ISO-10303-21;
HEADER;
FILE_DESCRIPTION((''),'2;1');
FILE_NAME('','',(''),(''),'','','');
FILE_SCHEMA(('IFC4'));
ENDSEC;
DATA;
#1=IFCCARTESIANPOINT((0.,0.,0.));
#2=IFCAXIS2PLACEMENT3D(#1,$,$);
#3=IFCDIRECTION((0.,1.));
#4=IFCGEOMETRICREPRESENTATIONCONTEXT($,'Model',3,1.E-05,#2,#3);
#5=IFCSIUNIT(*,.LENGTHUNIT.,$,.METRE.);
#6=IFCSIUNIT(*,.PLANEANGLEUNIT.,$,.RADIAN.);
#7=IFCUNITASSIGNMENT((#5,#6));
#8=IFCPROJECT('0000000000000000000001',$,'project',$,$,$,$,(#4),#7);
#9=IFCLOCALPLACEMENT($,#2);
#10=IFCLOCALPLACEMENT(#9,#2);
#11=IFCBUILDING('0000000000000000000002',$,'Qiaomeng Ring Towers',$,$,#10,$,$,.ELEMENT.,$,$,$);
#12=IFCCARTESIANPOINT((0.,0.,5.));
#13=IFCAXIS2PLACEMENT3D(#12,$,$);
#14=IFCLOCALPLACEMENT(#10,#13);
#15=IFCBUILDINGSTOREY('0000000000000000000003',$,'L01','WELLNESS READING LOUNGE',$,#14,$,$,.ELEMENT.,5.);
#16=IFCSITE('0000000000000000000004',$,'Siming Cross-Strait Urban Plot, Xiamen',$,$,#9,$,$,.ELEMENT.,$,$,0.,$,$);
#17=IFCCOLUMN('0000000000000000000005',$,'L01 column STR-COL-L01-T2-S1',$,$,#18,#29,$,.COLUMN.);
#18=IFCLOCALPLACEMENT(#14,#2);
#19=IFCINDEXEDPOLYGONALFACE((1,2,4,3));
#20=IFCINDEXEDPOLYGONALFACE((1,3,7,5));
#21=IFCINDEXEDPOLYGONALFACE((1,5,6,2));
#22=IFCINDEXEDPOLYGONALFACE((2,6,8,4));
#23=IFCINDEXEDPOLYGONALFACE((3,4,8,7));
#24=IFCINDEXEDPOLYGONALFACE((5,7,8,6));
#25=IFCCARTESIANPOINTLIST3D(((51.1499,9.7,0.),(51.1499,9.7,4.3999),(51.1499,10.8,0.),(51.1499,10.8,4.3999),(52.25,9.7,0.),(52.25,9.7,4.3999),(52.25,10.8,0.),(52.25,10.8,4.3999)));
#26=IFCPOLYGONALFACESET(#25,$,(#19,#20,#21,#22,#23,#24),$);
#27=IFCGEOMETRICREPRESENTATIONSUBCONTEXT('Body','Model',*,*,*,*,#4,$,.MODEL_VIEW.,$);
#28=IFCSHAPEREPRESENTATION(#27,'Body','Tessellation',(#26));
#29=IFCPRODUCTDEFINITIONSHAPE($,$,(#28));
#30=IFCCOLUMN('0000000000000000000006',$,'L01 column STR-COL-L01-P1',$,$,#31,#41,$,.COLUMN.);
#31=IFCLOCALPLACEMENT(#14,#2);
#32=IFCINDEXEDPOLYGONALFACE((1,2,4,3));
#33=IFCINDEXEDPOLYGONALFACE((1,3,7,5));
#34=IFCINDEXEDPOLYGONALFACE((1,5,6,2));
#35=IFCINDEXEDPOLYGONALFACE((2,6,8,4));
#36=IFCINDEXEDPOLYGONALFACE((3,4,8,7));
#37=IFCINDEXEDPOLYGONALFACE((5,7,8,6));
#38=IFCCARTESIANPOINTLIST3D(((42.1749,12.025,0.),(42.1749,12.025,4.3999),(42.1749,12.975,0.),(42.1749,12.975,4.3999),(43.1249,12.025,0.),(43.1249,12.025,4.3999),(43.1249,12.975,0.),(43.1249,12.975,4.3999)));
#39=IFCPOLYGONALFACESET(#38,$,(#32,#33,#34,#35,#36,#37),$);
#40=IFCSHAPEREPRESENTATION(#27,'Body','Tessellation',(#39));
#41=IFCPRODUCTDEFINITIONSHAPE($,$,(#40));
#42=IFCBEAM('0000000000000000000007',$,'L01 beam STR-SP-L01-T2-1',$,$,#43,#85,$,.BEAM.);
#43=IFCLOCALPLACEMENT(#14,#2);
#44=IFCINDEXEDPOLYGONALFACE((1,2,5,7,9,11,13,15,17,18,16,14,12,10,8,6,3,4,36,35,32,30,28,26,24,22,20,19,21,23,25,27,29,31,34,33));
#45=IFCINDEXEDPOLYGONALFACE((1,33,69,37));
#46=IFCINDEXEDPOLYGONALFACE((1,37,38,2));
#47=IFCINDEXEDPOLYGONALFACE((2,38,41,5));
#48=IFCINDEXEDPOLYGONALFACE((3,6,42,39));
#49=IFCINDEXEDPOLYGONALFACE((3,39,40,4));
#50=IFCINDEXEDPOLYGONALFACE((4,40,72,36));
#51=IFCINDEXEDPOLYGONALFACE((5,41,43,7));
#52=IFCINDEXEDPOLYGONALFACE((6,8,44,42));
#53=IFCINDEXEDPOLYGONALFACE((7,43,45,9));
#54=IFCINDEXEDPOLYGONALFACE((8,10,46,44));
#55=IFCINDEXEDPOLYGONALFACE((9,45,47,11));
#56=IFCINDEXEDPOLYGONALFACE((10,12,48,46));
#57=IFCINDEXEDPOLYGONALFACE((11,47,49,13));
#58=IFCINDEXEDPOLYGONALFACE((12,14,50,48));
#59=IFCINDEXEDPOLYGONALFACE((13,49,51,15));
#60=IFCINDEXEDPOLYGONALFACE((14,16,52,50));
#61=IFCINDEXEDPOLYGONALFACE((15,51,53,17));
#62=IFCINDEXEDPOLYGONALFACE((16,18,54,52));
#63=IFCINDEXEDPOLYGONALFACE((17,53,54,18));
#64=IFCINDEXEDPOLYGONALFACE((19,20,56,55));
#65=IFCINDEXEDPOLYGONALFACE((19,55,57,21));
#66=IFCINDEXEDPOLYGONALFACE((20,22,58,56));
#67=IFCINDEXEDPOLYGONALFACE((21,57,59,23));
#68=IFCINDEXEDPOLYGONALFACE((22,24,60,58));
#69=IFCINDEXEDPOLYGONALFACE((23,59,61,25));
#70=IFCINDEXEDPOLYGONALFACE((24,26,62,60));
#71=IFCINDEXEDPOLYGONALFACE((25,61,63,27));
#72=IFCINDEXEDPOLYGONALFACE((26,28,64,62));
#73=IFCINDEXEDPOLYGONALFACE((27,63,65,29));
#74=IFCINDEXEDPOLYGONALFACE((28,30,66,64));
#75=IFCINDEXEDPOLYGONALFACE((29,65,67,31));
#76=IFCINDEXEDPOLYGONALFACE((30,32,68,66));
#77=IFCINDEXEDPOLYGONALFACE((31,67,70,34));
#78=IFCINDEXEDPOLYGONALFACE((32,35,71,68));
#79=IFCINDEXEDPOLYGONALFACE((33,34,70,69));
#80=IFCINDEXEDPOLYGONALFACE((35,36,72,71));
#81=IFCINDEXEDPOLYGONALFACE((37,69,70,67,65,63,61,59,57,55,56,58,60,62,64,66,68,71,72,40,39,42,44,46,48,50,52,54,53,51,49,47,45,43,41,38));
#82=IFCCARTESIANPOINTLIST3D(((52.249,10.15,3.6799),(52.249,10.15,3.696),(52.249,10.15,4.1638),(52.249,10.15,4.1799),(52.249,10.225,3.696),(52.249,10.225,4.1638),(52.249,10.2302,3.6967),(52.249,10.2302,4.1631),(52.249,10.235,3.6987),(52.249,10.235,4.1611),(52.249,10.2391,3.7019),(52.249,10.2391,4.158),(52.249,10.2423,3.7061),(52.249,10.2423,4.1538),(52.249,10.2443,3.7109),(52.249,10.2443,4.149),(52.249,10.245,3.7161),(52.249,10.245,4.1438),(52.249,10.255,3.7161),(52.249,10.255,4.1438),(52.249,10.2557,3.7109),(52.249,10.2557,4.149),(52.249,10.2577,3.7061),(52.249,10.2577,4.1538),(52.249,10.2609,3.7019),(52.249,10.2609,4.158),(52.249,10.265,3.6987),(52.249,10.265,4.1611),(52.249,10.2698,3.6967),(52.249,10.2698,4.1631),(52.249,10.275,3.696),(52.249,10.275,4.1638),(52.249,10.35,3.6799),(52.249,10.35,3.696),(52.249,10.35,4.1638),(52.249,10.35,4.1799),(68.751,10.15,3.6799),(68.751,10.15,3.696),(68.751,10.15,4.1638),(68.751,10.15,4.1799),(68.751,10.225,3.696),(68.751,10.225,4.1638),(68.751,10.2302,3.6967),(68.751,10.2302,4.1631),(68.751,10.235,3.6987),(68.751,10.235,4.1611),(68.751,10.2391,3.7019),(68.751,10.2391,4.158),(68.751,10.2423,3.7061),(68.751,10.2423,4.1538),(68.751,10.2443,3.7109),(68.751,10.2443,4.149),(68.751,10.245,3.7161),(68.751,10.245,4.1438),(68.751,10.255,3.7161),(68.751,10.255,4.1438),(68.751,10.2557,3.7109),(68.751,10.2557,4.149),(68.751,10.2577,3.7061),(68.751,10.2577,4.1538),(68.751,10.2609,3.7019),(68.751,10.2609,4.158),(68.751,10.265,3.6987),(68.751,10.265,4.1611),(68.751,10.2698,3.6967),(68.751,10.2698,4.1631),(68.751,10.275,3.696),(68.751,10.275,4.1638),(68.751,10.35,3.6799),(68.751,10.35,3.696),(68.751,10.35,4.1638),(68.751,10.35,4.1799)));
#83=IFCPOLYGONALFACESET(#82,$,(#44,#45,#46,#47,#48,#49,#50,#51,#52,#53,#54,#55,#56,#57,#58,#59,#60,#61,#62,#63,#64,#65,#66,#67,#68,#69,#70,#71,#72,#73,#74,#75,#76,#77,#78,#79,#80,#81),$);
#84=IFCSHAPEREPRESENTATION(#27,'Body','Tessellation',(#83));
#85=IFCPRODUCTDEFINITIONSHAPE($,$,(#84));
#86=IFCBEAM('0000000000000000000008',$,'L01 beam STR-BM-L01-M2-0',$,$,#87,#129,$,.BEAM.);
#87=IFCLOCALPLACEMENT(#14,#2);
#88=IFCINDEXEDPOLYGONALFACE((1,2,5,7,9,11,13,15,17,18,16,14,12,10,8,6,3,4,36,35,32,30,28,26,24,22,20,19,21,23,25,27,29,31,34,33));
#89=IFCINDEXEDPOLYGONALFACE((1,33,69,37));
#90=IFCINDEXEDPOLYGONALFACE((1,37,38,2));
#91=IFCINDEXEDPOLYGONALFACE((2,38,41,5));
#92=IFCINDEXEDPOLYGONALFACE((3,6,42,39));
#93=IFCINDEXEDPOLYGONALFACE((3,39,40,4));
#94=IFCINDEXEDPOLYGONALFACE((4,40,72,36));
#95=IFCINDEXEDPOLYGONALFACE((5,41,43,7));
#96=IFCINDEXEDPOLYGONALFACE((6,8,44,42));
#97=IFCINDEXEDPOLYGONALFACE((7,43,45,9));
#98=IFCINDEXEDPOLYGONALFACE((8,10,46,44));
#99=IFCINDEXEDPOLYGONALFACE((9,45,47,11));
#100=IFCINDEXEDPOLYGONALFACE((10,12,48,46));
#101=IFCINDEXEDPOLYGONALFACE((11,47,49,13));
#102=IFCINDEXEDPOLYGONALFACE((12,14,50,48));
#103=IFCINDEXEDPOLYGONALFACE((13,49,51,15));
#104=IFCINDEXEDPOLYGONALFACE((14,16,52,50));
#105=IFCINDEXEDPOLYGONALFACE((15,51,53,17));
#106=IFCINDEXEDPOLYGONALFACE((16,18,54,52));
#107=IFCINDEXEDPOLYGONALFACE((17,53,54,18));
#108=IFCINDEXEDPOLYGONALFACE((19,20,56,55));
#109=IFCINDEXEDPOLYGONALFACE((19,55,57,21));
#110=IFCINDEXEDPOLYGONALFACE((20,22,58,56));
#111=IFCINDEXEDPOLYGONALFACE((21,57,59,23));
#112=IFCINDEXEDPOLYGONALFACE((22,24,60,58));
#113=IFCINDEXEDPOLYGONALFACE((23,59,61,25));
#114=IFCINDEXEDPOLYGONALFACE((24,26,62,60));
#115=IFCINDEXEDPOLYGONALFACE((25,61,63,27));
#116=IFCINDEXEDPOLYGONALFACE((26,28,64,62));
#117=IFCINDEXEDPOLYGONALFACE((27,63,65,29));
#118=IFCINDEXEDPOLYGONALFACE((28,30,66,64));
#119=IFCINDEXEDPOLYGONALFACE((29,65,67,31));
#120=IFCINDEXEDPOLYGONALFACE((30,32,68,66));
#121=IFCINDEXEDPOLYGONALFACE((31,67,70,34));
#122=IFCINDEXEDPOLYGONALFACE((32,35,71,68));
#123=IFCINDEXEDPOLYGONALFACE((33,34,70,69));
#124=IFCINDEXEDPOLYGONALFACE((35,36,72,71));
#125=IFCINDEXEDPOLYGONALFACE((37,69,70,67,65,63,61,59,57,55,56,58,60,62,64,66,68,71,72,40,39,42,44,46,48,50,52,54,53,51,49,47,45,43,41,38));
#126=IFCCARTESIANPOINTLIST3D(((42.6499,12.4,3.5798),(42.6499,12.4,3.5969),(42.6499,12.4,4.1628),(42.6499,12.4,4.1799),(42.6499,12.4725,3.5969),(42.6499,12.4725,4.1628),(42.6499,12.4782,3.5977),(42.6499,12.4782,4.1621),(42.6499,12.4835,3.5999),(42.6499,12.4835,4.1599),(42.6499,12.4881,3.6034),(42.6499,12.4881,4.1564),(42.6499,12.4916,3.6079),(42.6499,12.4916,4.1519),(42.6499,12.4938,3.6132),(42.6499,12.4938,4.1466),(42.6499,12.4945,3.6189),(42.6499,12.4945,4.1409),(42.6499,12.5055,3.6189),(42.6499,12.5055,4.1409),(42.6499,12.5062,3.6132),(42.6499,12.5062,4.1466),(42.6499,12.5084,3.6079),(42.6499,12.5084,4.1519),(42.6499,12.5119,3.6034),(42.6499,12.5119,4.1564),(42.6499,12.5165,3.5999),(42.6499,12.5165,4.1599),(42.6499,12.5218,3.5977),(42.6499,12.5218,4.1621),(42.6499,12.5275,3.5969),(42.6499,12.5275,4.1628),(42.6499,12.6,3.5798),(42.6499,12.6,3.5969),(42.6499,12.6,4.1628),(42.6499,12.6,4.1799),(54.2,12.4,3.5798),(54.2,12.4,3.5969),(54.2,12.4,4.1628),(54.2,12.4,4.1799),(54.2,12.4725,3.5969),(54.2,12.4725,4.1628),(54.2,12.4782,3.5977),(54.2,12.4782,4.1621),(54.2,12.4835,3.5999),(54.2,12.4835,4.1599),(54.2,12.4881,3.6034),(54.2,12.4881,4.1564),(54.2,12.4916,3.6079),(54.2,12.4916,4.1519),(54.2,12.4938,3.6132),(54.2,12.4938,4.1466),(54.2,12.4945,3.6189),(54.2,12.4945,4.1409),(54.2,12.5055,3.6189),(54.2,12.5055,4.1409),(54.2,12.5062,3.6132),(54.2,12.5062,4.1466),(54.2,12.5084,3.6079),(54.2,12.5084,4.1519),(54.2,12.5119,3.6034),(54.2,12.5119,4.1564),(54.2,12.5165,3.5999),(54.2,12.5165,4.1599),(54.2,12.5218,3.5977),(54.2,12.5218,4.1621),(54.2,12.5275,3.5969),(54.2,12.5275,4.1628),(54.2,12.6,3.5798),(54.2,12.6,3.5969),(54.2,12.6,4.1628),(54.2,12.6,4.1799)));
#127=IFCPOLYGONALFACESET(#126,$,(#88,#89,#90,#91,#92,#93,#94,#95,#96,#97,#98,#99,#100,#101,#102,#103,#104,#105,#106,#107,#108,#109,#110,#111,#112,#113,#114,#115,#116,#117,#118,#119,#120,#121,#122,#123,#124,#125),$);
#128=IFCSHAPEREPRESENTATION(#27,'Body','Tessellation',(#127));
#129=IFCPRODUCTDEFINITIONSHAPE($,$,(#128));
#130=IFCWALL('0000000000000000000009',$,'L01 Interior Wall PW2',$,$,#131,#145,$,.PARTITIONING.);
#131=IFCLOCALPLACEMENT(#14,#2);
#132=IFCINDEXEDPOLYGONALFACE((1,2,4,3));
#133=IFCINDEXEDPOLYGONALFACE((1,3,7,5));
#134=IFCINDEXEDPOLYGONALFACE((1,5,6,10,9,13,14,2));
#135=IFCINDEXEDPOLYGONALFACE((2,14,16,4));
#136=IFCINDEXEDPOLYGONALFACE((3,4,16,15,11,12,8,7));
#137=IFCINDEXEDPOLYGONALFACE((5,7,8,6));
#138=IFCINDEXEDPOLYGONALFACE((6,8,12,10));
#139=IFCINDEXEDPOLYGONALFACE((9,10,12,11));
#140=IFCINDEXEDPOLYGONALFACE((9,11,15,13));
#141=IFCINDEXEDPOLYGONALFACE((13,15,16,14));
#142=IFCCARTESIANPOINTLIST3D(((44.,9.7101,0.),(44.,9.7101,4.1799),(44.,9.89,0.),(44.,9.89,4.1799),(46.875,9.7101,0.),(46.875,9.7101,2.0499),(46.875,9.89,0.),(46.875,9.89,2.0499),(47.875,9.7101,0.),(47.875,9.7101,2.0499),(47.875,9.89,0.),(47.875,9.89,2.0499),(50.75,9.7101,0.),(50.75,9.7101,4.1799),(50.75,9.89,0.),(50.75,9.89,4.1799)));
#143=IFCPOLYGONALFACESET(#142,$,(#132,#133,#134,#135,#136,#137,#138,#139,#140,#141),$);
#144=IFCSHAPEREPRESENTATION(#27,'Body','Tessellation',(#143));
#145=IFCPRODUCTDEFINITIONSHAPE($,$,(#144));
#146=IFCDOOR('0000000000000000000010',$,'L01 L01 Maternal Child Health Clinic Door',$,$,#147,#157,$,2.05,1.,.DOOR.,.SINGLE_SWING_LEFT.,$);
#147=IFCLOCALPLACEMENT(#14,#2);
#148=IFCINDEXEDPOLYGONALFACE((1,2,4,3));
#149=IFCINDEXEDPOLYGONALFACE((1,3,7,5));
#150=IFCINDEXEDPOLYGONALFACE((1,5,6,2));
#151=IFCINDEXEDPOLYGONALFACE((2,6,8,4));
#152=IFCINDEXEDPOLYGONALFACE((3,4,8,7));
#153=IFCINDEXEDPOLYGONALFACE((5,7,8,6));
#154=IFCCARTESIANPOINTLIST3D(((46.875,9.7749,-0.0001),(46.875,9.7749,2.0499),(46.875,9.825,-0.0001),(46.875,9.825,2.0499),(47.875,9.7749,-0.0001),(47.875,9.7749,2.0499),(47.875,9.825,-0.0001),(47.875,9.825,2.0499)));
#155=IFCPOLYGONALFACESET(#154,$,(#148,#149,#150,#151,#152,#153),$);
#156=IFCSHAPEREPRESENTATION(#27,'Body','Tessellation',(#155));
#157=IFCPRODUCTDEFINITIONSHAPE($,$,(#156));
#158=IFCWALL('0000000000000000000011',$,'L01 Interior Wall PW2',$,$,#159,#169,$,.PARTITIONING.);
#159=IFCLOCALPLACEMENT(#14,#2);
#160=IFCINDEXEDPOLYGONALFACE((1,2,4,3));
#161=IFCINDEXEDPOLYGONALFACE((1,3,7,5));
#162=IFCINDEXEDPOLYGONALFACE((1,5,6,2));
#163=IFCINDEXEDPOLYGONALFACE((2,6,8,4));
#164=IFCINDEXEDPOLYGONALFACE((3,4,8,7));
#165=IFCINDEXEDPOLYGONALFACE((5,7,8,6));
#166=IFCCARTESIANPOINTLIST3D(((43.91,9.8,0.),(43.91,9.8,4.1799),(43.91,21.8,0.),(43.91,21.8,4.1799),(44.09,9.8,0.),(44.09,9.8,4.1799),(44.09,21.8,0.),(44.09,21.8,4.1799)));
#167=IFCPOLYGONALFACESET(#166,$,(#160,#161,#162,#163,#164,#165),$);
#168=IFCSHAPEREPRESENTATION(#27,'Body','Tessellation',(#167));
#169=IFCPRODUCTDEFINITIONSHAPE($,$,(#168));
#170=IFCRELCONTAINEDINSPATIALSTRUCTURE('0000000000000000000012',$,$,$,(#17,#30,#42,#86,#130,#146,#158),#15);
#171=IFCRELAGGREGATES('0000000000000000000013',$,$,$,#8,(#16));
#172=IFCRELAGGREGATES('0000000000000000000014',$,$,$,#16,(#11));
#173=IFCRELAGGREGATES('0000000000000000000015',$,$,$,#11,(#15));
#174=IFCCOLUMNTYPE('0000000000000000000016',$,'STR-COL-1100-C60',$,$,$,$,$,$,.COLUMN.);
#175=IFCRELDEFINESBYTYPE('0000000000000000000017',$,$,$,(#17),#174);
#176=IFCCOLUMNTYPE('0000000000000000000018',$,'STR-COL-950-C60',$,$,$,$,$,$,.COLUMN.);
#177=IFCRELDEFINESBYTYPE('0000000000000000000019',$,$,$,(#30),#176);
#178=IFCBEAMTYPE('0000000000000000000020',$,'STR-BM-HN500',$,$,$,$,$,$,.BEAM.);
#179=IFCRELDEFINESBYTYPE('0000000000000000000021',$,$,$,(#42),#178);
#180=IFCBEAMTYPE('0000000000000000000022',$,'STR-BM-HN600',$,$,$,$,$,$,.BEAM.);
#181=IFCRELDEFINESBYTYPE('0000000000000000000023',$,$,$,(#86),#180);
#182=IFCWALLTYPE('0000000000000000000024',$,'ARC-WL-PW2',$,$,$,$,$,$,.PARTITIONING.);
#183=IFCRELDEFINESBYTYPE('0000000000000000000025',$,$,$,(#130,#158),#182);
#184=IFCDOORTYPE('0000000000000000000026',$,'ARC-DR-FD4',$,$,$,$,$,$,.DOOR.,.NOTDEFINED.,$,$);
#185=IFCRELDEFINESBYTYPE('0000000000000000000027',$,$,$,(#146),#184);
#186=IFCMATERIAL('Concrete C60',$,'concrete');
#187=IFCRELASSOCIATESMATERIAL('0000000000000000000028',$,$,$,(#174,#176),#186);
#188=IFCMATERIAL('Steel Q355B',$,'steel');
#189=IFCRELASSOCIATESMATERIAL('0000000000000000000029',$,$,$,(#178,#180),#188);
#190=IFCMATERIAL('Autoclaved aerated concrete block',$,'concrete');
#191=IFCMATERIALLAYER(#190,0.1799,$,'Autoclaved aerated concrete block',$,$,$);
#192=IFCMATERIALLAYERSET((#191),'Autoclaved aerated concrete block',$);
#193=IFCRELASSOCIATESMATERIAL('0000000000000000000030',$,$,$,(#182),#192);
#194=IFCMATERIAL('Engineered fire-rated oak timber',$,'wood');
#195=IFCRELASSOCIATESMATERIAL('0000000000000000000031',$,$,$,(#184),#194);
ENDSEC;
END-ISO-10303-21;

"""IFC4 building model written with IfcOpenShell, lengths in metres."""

from ifc_helpers import new_model, si_unit, direction, frame, frame_2d, origin, origin_2d, place, context, subcontext, project, spatial, rectangle, i_section, extrude, source, transform, mapped, material, layer, layer_set, material_profile, profile_set, type_object, element, fill, save


model = new_model("IFC4")

# Units and contexts
model_context = context("Model", 3, precision=1e-05, world=origin(), true_north=direction((0.0, 1.0)))
body_context = subcontext(model_context, "Body", "Model", "MODEL_VIEW")
ifc_project = project(units=[si_unit("LENGTHUNIT", "METRE"), si_unit("PLANEANGLEUNIT", "RADIAN")], contexts=[model_context])

# Site, building, storey
site_placement = place(None, origin())
site = spatial("IfcSite", under=ifc_project, at=site_placement, Name="Siming Cross-Strait Urban Plot, Xiamen", CompositionType="ELEMENT", RefElevation=0.0)
building_placement = place(site_placement, origin())
building = spatial("IfcBuilding", under=site, at=building_placement, Name="Qiaomeng Ring Towers", CompositionType="ELEMENT")
storey_placement = place(building_placement, frame((0.0, 0.0, 5.0)))
storey = spatial("IfcBuildingStorey", under=building, at=storey_placement, Name="L01", Description="WELLNESS READING LOUNGE", CompositionType="ELEMENT", Elevation=5.0)

# Columns
ifc_material_1 = material(Name="Concrete C60", Category="concrete")
ifc_material_profile_1 = material_profile(ifc_material_1, rectangle(XDim=1.1001, YDim=1.1001, at=origin_2d()), Name="RC COL 1100x1100")
ifc_profile_set_1 = profile_set([ifc_material_profile_1], Name="Concrete C60")
column_type_1 = type_object("IfcColumnType", Name="STR-COL-1100-C60", PredefinedType="COLUMN", material=ifc_profile_set_1)
shared_shape_1 = source(origin(), body_context, "Body", "SweptSolid", [
    extrude(rectangle(XDim=1.1001, YDim=1.1001, at=origin_2d()), origin(), (0.0, 0.0, 1.0), 4.3999),
])
column_1_placement = place(storey_placement, frame((51.7, 10.25, 0.0), z_axis=(0.0, 0.0, 1.0), x_axis=(1.0, 0.0, 0.0)))
element("IfcColumn", 1, at=column_1_placement, inside=storey, type_object=column_type_1, Name="L01 column STR-COL-L01-T2-S1", PredefinedType="COLUMN", context=body_context, shape_type="MappedRepresentation", body=[
    mapped(shared_shape_1, transform((0.0, 0.0, 0.0), x_axis=(1.0, 0.0, 0.0), y_axis=(0.0, 1.0, 0.0), z_axis=(0.0, 0.0, 1.0), scale=1.0)),
])
ifc_material_profile_2 = material_profile(ifc_material_1, rectangle(XDim=0.95, YDim=0.95, at=origin_2d()), Name="RC COL 950x950")
ifc_profile_set_2 = profile_set([ifc_material_profile_2], Name="Concrete C60")
column_type_2 = type_object("IfcColumnType", Name="STR-COL-950-C60", PredefinedType="COLUMN", material=ifc_profile_set_2)
shared_shape_2 = source(origin(), body_context, "Body", "SweptSolid", [
    extrude(rectangle(XDim=0.95, YDim=0.95, at=origin_2d()), origin(), (0.0, 0.0, 1.0), 4.3999),
])
column_2_placement = place(storey_placement, frame((42.6499, 12.5, 0.0), z_axis=(0.0, 0.0, 1.0), x_axis=(1.0, 0.0, 0.0)))
element("IfcColumn", 2, at=column_2_placement, inside=storey, type_object=column_type_2, Name="L01 column STR-COL-L01-P1", PredefinedType="COLUMN", context=body_context, shape_type="MappedRepresentation", body=[
    mapped(shared_shape_2, transform((0.0, 0.0, 0.0), x_axis=(1.0, 0.0, 0.0), y_axis=(0.0, 1.0, 0.0), z_axis=(0.0, 0.0, 1.0), scale=1.0)),
])

# Beams
ifc_material_2 = material(Name="Steel Q355B", Category="steel")
ifc_material_profile_3 = material_profile(ifc_material_2, i_section(OverallWidth=0.2, OverallDepth=0.5, WebThickness=0.01, FlangeThickness=0.0161, FilletRadius=0.02, at=origin_2d()), Name="HN 500x200x10x16")
ifc_profile_set_3 = profile_set([ifc_material_profile_3], Name="Steel Q355B")
beam_type_1 = type_object("IfcBeamType", Name="STR-BM-HN500", PredefinedType="BEAM", material=ifc_profile_set_3)
shared_shape_3 = source(origin(), body_context, "Body", "SweptSolid", [
    extrude(i_section(OverallWidth=0.2, OverallDepth=0.5, WebThickness=0.01, FlangeThickness=0.0161, FilletRadius=0.02, at=origin_2d()), origin(), (0.0, 0.0, 1.0), 16.502),
])
beam_1_placement = place(storey_placement, frame((52.249, 10.25, 3.9299), z_axis=(1.0, 0.0, 0.0), x_axis=(0.0, 1.0, 0.0)))
element("IfcBeam", 3, at=beam_1_placement, inside=storey, type_object=beam_type_1, Name="L01 beam STR-SP-L01-T2-1", PredefinedType="BEAM", context=body_context, shape_type="MappedRepresentation", body=[
    mapped(shared_shape_3, transform((0.0, 0.0, 0.0), x_axis=(1.0, 0.0, 0.0), y_axis=(0.0, 1.0, 0.0), z_axis=(0.0, 0.0, 1.0), scale=1.0)),
])
ifc_material_profile_4 = material_profile(ifc_material_2, i_section(OverallWidth=0.2, OverallDepth=0.6001, WebThickness=0.011, FlangeThickness=0.0171, FilletRadius=0.022, at=origin_2d()), Name="HN 600x200x11x17")
ifc_profile_set_4 = profile_set([ifc_material_profile_4], Name="Steel Q355B")
beam_type_2 = type_object("IfcBeamType", Name="STR-BM-HN600", PredefinedType="BEAM", material=ifc_profile_set_4)
shared_shape_4 = source(origin(), body_context, "Body", "SweptSolid", [
    extrude(i_section(OverallWidth=0.2, OverallDepth=0.6001, WebThickness=0.011, FlangeThickness=0.0171, FilletRadius=0.022, at=origin_2d()), origin(), (0.0, 0.0, 1.0), 11.55),
])
beam_2_placement = place(storey_placement, frame((42.6499, 12.5, 3.8799), z_axis=(1.0, 0.0, 0.0), x_axis=(0.0, 1.0, 0.0)))
element("IfcBeam", 4, at=beam_2_placement, inside=storey, type_object=beam_type_2, Name="L01 beam STR-BM-L01-M2-0", PredefinedType="BEAM", context=body_context, shape_type="MappedRepresentation", body=[
    mapped(shared_shape_4, transform((0.0, 0.0, 0.0), x_axis=(1.0, 0.0, 0.0), y_axis=(0.0, 1.0, 0.0), z_axis=(0.0, 0.0, 1.0), scale=1.0)),
])

# Wall, opening, door
ifc_material_3 = material(Name="Autoclaved aerated concrete block", Category="concrete")
ifc_layer_1 = layer(ifc_material_3, 0.1799, Name="Autoclaved aerated concrete block")
ifc_layer_set_1 = layer_set([ifc_layer_1], Name="Autoclaved aerated concrete block")
wall_type_1 = type_object("IfcWallType", Name="ARC-WL-PW2", PredefinedType="PARTITIONING", material=ifc_layer_set_1)
wall_1_placement = place(storey_placement, frame((44.0, 9.8, 0.0), z_axis=(0.0, 0.0, 1.0), x_axis=(1.0, 0.0, 0.0)))
wall_1 = element("IfcWall", 5, at=wall_1_placement, inside=storey, type_object=wall_type_1, Name="L01 Interior Wall PW2", PredefinedType="PARTITIONING", context=body_context, shape_type="SweptSolid", body=[
    extrude(rectangle(XDim=6.75, YDim=0.1799, at=frame_2d((3.375, 0.0))), origin(), (0.0, 0.0, 1.0), 4.1799),
])
opening_1_placement = place(wall_1_placement, frame((2.875, 0.0, 0.0)))
opening_1 = element("IfcOpeningElement", 6, at=opening_1_placement, cuts=wall_1, PredefinedType="OPENING", context=body_context, shape_type="SweptSolid", body=[
    extrude(rectangle(XDim=1.0, YDim=2.05, at=frame_2d((0.5, 1.0249))), frame((0.0, 0.0999, 0.0), z_axis=(0.0, -1.0, 0.0), x_axis=(1.0, 0.0, 0.0)), (0.0, 0.0, 1.0), 0.2),
])
ifc_material_4 = material(Name="Engineered fire-rated oak timber", Category="wood")
door_type_1 = type_object("IfcDoorType", Name="ARC-DR-FD4", OperationType="NOTDEFINED", PredefinedType="DOOR", material=ifc_material_4)
shared_shape_5 = source(origin(), body_context, "Body", "SweptSolid", [
    extrude(rectangle(XDim=1.0, YDim=2.05, at=frame_2d((0.5, 1.0249))), frame((0.0, 0.0249, 0.0), z_axis=(0.0, -1.0, 0.0), x_axis=(1.0, 0.0, 0.0)), (0.0, 0.0, 1.0), 0.05),
])
door_1_placement = place(opening_1_placement, origin())
door_1 = element("IfcDoor", 7, at=door_1_placement, inside=storey, type_object=door_type_1, Name="L01 L01 Maternal Child Health Clinic Door", OperationType="SINGLE_SWING_LEFT", OverallHeight=2.05, OverallWidth=1.0, PredefinedType="DOOR", context=body_context, shape_type="MappedRepresentation", body=[
    mapped(shared_shape_5, transform((0.0, 0.0, 0.0), x_axis=(1.0, 0.0, 0.0), y_axis=(0.0, 1.0, 0.0), z_axis=(0.0, 0.0, 1.0), scale=1.0)),
])
fill(opening_1, door_1)

# Wall
for number, where, z_axis, x_axis, name in (
    (8, (44.0, 9.8, 0.0), (0.0, 0.0, 1.0), (0.0, 1.0, 0.0), "L01 Interior Wall PW2"),
):
    element("IfcWall", number, at=place(storey_placement, frame(where, z_axis=z_axis, x_axis=x_axis)), inside=storey, type_object=wall_type_1, Name=name, PredefinedType="PARTITIONING", context=body_context, shape_type="SweptSolid", body=[
        extrude(rectangle(XDim=12.0, YDim=0.1799, at=frame_2d((6.0, 0.0))), origin(), (0.0, 0.0, 1.0), 4.1799),
    ])

save(model, "model.ifc")
